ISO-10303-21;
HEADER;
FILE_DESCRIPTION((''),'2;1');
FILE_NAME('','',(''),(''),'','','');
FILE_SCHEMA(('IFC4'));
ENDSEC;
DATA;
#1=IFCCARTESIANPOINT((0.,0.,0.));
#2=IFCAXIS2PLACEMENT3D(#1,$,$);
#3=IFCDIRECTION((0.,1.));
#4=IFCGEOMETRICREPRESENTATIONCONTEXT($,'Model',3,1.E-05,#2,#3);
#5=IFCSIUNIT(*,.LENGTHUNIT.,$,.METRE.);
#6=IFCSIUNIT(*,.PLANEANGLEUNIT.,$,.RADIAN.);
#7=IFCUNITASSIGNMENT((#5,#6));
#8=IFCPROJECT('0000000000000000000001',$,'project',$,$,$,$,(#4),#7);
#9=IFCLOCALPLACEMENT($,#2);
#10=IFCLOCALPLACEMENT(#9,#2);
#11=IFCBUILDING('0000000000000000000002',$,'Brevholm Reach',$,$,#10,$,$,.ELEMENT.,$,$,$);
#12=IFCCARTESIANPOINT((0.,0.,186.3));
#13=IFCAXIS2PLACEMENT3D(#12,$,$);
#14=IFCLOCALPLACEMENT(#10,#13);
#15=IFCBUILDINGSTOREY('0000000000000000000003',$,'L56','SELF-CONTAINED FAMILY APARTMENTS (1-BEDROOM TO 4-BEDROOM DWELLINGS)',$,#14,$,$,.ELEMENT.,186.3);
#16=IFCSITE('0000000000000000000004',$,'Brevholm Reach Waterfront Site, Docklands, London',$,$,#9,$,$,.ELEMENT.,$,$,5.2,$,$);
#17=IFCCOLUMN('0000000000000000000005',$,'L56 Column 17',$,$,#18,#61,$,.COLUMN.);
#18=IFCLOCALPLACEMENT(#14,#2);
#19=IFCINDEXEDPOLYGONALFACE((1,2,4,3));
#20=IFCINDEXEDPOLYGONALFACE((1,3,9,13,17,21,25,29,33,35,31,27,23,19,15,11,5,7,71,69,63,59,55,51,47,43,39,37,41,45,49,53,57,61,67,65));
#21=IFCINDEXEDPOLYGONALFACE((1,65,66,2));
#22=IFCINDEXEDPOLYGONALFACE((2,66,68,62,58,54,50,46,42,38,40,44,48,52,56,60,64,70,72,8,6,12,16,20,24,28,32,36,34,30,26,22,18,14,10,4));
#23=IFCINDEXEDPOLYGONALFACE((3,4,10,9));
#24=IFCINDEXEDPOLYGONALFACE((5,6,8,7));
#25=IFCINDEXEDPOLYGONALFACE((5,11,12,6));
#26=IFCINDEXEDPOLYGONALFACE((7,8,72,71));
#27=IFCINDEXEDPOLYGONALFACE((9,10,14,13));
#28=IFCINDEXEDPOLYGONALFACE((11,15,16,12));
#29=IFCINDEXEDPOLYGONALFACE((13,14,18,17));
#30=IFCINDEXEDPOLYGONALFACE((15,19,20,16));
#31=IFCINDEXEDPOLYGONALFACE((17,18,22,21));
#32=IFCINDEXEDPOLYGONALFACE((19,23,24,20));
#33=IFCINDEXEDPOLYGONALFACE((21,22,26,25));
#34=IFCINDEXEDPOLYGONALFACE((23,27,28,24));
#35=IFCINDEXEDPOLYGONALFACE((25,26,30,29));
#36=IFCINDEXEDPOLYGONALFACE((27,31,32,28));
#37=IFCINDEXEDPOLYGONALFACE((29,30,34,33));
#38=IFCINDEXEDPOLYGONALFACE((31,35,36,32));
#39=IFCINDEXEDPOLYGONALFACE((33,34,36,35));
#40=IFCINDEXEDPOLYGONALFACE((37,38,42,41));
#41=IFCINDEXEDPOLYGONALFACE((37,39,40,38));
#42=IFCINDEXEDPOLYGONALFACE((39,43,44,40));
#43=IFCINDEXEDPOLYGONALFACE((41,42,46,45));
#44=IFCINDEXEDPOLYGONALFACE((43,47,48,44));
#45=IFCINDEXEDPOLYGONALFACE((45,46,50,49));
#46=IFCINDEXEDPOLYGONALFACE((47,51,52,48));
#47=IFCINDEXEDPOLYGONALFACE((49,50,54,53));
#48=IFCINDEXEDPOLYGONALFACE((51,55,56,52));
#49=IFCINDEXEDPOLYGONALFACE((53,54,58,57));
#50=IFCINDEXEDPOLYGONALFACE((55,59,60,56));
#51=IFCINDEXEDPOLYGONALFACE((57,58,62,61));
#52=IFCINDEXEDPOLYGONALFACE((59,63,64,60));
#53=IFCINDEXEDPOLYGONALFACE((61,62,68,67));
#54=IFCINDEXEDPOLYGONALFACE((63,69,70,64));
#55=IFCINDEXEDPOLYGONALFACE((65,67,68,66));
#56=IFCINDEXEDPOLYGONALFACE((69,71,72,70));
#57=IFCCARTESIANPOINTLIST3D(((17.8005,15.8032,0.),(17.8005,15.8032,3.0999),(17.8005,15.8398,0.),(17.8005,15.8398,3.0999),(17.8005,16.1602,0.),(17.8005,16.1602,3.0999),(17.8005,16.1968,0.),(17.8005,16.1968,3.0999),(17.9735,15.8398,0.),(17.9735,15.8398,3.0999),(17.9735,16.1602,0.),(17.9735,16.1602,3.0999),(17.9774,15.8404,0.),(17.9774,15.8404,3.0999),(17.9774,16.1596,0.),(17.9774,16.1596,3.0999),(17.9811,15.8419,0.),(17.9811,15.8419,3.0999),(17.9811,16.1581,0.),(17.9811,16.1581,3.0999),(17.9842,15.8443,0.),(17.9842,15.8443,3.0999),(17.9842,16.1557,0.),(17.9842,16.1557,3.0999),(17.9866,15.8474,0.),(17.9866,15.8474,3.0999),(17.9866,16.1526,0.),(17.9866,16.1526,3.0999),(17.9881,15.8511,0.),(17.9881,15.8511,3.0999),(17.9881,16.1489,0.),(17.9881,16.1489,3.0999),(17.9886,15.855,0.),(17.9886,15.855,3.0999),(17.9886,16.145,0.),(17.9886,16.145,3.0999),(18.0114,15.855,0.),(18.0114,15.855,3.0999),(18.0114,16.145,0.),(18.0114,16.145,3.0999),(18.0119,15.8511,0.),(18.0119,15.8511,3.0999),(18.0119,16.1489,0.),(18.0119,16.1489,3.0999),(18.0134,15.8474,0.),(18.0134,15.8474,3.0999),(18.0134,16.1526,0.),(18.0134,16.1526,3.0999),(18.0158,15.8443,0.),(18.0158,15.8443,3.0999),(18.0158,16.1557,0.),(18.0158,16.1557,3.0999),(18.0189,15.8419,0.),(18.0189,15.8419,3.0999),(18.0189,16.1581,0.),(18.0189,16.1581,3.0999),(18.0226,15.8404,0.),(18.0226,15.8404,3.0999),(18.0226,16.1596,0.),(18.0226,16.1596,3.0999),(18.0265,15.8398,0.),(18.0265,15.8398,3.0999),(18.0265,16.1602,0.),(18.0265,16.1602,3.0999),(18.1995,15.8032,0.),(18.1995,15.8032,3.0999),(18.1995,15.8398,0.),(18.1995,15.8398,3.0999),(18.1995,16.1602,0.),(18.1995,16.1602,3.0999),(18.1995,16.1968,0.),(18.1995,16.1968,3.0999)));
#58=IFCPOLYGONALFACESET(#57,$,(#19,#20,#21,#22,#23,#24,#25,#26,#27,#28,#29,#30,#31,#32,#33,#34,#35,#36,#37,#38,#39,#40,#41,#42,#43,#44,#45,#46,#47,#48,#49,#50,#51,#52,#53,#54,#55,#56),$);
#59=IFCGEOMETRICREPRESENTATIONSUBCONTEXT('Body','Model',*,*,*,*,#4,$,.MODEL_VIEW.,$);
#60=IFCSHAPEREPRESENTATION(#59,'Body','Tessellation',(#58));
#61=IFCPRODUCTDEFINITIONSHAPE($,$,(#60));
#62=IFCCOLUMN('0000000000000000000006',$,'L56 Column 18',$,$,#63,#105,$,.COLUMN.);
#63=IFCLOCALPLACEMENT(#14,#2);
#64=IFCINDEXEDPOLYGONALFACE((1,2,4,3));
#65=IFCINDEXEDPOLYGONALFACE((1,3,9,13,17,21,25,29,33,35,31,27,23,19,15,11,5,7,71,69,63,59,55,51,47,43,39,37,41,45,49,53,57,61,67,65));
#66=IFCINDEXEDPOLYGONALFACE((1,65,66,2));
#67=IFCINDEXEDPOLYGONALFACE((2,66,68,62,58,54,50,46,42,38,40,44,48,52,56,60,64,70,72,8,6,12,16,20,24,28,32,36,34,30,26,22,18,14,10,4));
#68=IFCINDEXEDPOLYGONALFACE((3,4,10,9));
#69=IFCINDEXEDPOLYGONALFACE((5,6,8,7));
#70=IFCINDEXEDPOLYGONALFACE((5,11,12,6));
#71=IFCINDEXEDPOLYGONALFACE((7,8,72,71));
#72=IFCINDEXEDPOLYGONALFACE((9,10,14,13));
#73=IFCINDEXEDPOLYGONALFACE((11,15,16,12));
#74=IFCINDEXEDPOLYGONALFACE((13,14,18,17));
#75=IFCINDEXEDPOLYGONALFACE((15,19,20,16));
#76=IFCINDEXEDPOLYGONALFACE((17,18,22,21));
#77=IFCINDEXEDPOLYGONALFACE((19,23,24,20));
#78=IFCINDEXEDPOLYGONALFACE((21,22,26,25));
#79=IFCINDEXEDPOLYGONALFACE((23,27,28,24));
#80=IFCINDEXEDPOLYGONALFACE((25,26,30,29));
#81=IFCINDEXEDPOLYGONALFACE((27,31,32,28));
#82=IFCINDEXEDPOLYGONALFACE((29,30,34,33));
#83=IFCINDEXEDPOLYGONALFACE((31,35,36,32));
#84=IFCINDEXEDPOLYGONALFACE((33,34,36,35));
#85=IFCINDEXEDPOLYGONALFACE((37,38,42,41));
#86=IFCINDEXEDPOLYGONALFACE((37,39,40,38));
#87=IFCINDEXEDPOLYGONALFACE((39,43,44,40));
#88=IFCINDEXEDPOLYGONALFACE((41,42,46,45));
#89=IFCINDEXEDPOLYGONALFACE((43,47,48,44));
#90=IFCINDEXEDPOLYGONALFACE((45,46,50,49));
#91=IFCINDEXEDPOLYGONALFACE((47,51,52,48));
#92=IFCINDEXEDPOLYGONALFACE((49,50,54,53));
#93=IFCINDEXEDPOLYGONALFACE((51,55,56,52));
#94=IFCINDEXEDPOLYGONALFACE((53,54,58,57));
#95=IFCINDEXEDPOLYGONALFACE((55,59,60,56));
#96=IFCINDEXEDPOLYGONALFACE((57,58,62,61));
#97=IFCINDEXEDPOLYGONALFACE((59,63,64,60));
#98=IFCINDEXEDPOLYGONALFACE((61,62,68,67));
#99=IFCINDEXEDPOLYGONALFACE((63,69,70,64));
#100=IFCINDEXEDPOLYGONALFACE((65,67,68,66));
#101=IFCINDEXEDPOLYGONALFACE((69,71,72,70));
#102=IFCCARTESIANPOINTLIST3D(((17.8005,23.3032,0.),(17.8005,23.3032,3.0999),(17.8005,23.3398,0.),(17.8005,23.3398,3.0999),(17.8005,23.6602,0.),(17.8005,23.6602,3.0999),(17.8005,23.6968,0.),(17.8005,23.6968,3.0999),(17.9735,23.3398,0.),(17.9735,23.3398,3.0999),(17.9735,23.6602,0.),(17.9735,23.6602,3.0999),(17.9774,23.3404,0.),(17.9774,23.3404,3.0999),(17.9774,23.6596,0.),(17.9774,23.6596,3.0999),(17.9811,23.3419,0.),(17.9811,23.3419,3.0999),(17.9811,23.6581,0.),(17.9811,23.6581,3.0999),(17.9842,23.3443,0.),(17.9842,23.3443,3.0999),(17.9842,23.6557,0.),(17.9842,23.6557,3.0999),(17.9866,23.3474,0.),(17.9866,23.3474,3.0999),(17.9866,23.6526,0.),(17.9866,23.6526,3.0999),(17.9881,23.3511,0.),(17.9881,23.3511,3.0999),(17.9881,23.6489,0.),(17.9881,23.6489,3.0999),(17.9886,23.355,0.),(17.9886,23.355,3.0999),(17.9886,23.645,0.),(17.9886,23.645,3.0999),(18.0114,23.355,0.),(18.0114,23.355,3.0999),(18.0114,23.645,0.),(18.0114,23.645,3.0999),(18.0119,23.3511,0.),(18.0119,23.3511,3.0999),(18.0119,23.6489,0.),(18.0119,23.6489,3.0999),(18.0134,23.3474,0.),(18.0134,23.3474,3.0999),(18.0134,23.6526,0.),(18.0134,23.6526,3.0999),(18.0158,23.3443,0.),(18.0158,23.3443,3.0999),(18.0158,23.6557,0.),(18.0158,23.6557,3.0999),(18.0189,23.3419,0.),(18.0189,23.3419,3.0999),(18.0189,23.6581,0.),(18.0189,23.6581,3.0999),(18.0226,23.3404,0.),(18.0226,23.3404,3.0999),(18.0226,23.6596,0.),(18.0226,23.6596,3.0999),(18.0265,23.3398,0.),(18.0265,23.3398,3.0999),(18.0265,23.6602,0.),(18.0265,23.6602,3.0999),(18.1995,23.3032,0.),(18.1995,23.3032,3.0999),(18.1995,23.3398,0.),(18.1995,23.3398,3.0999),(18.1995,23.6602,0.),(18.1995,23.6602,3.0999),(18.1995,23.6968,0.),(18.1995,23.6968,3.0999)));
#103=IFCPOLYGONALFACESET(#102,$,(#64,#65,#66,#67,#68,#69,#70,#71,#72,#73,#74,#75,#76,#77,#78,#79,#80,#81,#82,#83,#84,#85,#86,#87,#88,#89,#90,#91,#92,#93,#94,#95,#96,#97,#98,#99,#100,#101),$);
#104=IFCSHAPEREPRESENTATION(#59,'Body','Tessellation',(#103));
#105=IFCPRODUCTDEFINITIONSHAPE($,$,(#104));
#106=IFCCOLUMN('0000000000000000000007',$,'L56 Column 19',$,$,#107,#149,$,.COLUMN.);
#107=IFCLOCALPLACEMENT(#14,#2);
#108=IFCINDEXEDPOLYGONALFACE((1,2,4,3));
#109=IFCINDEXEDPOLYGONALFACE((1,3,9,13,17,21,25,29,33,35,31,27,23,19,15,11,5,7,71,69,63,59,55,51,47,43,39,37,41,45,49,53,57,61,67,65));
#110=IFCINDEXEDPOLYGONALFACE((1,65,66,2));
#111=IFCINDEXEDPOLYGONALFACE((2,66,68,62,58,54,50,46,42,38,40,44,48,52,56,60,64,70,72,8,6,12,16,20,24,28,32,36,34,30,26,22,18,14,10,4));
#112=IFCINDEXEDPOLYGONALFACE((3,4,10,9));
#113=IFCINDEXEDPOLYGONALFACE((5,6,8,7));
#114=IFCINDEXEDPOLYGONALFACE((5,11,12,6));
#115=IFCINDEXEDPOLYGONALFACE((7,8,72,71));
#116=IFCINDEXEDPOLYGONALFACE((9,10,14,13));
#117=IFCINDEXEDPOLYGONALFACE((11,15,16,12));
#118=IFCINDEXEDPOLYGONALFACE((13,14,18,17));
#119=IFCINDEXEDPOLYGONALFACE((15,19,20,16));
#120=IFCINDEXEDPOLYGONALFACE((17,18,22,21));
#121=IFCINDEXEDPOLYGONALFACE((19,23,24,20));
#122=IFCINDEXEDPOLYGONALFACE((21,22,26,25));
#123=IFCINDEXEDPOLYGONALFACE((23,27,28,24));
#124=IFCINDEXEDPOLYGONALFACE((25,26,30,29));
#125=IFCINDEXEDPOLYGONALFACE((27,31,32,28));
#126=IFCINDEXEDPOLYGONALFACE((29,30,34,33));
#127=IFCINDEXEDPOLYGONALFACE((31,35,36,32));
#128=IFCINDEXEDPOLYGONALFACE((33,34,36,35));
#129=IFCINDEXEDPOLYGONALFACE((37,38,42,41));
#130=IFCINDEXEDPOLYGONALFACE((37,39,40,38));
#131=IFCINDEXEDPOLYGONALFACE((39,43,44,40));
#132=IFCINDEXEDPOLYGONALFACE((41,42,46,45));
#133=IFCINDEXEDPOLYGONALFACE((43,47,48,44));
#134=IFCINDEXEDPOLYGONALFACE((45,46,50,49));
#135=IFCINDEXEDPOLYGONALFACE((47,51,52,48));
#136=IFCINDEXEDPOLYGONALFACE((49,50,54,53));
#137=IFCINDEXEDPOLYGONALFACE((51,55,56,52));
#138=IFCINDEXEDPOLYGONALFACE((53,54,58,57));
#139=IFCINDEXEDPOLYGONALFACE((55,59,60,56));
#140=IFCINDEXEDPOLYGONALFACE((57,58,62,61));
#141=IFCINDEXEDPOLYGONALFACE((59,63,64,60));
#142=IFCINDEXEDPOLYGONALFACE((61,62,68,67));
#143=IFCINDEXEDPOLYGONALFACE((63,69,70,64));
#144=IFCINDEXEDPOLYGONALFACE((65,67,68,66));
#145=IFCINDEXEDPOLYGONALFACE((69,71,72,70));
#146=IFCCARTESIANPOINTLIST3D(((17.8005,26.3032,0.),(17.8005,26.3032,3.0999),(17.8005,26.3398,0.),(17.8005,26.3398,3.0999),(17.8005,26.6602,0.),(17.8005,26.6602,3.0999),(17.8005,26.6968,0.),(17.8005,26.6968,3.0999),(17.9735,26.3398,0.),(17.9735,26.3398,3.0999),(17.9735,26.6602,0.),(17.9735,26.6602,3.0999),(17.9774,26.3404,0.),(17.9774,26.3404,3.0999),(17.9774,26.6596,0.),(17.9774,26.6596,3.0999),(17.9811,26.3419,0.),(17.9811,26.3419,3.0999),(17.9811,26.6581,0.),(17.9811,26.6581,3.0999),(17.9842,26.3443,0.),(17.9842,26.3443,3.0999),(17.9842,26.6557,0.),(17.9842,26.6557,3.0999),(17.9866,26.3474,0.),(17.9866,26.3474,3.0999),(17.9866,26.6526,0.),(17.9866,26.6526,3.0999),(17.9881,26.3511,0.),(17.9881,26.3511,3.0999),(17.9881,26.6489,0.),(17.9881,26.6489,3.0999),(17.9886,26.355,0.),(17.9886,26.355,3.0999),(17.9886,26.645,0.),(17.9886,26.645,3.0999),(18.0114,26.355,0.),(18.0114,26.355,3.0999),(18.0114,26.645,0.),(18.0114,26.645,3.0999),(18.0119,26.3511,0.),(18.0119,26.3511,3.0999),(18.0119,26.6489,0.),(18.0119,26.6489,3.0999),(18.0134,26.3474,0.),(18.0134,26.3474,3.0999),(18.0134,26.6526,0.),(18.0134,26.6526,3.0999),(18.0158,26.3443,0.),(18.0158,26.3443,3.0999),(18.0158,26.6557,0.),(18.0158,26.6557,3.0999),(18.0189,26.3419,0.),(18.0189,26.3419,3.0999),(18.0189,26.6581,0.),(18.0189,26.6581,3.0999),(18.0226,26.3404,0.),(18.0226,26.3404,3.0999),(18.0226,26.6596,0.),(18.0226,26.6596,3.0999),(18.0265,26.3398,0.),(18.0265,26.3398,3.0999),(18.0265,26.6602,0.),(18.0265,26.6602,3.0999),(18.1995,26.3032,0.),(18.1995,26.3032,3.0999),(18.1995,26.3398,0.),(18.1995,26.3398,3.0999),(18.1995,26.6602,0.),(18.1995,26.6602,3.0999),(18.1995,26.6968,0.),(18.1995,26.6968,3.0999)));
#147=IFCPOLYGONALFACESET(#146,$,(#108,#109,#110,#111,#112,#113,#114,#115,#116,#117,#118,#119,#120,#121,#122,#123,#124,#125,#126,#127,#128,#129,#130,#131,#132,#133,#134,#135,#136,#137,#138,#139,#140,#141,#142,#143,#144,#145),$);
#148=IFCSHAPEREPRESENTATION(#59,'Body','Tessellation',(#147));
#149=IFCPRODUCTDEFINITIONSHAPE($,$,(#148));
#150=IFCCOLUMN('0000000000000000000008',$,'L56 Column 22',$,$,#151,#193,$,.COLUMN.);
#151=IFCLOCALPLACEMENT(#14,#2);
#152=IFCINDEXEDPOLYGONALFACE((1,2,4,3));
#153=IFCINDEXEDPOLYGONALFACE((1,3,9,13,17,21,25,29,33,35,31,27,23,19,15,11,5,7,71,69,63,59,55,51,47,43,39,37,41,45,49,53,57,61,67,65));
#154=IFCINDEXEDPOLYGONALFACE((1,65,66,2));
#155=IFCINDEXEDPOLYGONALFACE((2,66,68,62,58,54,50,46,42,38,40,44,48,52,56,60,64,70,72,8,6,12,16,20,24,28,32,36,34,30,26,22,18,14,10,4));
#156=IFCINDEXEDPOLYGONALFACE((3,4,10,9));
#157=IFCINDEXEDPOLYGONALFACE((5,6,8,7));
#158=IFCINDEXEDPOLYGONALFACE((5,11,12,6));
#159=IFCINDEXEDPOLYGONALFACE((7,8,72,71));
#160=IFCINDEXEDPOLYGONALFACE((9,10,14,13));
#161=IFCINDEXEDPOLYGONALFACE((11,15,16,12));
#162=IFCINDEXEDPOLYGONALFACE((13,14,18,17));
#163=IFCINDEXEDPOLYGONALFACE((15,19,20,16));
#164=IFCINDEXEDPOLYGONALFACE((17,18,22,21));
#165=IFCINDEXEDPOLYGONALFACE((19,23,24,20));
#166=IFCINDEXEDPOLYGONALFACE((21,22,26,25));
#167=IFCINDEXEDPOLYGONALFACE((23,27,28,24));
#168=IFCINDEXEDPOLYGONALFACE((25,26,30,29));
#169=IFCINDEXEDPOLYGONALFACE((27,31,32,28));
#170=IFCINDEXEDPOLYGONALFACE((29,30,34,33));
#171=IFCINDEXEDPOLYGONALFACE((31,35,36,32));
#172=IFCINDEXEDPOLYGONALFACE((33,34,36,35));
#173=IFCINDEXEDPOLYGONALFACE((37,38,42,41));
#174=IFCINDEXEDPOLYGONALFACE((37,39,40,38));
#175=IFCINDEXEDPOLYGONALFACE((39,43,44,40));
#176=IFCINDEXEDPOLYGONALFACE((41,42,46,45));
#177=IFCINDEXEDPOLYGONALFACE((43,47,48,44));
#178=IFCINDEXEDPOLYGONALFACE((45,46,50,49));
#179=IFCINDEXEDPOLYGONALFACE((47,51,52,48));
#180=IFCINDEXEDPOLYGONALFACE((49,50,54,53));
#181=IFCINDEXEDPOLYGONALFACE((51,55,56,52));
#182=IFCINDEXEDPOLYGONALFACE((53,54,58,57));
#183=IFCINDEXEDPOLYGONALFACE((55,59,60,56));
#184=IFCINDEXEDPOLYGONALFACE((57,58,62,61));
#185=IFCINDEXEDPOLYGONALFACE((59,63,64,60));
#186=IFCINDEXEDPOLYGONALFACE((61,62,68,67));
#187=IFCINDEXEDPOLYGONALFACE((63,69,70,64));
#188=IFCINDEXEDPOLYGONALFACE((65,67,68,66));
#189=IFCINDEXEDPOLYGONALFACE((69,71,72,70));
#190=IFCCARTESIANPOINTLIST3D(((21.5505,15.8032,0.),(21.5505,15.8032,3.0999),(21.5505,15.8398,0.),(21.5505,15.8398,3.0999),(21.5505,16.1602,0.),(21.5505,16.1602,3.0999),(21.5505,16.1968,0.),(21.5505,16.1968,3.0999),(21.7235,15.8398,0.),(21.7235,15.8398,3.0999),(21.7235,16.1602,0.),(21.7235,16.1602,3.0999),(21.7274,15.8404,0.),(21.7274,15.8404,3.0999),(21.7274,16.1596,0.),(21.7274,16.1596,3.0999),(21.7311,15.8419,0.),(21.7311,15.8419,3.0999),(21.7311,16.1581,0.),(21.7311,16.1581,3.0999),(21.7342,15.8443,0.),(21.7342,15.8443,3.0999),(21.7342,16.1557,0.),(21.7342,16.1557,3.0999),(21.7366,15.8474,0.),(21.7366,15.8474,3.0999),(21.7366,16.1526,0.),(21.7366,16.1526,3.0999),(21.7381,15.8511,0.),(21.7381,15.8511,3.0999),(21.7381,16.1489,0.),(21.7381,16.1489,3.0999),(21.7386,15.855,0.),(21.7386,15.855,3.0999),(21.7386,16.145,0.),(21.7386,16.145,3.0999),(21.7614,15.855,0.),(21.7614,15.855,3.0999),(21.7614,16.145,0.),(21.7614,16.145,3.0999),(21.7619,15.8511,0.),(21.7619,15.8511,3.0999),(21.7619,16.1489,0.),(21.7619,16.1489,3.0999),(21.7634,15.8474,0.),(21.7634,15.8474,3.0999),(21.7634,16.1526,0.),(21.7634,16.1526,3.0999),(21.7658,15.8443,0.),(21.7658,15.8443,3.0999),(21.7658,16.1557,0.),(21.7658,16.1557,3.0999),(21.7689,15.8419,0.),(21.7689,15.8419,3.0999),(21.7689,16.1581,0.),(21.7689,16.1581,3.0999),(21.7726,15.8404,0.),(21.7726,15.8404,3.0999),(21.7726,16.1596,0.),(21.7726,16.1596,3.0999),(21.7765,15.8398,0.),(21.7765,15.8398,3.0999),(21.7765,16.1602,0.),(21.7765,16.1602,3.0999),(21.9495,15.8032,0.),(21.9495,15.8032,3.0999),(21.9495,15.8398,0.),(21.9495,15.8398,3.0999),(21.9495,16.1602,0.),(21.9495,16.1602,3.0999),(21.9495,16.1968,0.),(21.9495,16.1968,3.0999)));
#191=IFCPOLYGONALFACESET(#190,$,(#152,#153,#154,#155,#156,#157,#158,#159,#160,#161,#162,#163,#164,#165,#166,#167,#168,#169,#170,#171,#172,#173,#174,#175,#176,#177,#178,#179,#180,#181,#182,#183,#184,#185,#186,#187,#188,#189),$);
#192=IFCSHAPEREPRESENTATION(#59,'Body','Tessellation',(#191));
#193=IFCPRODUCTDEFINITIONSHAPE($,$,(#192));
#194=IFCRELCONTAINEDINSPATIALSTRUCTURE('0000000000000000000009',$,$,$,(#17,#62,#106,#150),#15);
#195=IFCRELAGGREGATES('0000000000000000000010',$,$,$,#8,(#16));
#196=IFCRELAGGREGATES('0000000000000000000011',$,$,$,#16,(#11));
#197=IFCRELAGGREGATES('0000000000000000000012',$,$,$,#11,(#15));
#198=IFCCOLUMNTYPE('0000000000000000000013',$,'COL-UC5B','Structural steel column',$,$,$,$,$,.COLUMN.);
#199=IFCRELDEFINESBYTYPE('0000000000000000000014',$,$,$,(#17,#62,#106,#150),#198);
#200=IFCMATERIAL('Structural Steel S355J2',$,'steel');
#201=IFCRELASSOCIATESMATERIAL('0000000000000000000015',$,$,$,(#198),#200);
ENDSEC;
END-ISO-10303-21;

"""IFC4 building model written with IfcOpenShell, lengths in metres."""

from ifc_helpers import new_model, si_unit, direction, frame, origin, origin_2d, place, context, subcontext, project, spatial, i_section, extrude, material, material_profile, profile_set, type_object, element, save


model = new_model("IFC4")

# Units and contexts
model_context = context("Model", 3, precision=1e-05, world=origin(), true_north=direction((0.0, 1.0)))
body_context = subcontext(model_context, "Body", "Model", "MODEL_VIEW")
ifc_project = project(units=[si_unit("LENGTHUNIT", "METRE"), si_unit("PLANEANGLEUNIT", "RADIAN")], contexts=[model_context])

# Site, building, storey
site_placement = place(None, origin())
site = spatial("IfcSite", under=ifc_project, at=site_placement, Name="Brevholm Reach Waterfront Site, Docklands, London", CompositionType="ELEMENT", RefElevation=5.2)
building_placement = place(site_placement, origin())
building = spatial("IfcBuilding", under=site, at=building_placement, Name="Brevholm Reach", CompositionType="ELEMENT")
storey_placement = place(building_placement, frame((0.0, 0.0, 186.3)))
storey = spatial("IfcBuildingStorey", under=building, at=storey_placement, Name="L56", Description="SELF-CONTAINED FAMILY APARTMENTS (1-BEDROOM TO 4-BEDROOM DWELLINGS)", CompositionType="ELEMENT", Elevation=186.3)

# Columns
ifc_material_1 = material(Name="Structural Steel S355J2", Category="steel")
ifc_material_profile_1 = material_profile(ifc_material_1, i_section(OverallWidth=0.3989, OverallDepth=0.3936, WebThickness=0.0227, FlangeThickness=0.0366, FilletRadius=0.0151, at=origin_2d()), Name="UKC 356x406x287")
ifc_profile_set_1 = profile_set([ifc_material_profile_1], Name="Structural Steel S355J2")
column_type = type_object("IfcColumnType", Name="COL-UC5B", Description="Structural steel column", PredefinedType="COLUMN", material=ifc_profile_set_1)
for number, where, z_axis, x_axis, name in (
    (1, (18.0, 16.0, 0.0), (0.0, 0.0, 1.0), (1.0, 0.0, 0.0), "L56 Column 17"),
    (2, (18.0, 23.5, 0.0), (0.0, 0.0, 1.0), (1.0, 0.0, 0.0), "L56 Column 18"),
    (3, (18.0, 26.5, 0.0), (0.0, 0.0, 1.0), (1.0, 0.0, 0.0), "L56 Column 19"),
    (4, (21.75, 16.0, 0.0), (0.0, 0.0, 1.0), (1.0, 0.0, 0.0), "L56 Column 22"),
):
    element("IfcColumn", number, at=place(storey_placement, frame(where, z_axis=z_axis, x_axis=x_axis)), inside=storey, type_object=column_type, Name=name, PredefinedType="COLUMN", context=body_context, shape_type="SweptSolid", body=[
        extrude(i_section(OverallWidth=0.3989, OverallDepth=0.3936, WebThickness=0.0227, FlangeThickness=0.0366, FilletRadius=0.0151, at=origin_2d()), origin(), (0.0, 0.0, 1.0), 3.0999),
    ])

save(model, "model.ifc")
